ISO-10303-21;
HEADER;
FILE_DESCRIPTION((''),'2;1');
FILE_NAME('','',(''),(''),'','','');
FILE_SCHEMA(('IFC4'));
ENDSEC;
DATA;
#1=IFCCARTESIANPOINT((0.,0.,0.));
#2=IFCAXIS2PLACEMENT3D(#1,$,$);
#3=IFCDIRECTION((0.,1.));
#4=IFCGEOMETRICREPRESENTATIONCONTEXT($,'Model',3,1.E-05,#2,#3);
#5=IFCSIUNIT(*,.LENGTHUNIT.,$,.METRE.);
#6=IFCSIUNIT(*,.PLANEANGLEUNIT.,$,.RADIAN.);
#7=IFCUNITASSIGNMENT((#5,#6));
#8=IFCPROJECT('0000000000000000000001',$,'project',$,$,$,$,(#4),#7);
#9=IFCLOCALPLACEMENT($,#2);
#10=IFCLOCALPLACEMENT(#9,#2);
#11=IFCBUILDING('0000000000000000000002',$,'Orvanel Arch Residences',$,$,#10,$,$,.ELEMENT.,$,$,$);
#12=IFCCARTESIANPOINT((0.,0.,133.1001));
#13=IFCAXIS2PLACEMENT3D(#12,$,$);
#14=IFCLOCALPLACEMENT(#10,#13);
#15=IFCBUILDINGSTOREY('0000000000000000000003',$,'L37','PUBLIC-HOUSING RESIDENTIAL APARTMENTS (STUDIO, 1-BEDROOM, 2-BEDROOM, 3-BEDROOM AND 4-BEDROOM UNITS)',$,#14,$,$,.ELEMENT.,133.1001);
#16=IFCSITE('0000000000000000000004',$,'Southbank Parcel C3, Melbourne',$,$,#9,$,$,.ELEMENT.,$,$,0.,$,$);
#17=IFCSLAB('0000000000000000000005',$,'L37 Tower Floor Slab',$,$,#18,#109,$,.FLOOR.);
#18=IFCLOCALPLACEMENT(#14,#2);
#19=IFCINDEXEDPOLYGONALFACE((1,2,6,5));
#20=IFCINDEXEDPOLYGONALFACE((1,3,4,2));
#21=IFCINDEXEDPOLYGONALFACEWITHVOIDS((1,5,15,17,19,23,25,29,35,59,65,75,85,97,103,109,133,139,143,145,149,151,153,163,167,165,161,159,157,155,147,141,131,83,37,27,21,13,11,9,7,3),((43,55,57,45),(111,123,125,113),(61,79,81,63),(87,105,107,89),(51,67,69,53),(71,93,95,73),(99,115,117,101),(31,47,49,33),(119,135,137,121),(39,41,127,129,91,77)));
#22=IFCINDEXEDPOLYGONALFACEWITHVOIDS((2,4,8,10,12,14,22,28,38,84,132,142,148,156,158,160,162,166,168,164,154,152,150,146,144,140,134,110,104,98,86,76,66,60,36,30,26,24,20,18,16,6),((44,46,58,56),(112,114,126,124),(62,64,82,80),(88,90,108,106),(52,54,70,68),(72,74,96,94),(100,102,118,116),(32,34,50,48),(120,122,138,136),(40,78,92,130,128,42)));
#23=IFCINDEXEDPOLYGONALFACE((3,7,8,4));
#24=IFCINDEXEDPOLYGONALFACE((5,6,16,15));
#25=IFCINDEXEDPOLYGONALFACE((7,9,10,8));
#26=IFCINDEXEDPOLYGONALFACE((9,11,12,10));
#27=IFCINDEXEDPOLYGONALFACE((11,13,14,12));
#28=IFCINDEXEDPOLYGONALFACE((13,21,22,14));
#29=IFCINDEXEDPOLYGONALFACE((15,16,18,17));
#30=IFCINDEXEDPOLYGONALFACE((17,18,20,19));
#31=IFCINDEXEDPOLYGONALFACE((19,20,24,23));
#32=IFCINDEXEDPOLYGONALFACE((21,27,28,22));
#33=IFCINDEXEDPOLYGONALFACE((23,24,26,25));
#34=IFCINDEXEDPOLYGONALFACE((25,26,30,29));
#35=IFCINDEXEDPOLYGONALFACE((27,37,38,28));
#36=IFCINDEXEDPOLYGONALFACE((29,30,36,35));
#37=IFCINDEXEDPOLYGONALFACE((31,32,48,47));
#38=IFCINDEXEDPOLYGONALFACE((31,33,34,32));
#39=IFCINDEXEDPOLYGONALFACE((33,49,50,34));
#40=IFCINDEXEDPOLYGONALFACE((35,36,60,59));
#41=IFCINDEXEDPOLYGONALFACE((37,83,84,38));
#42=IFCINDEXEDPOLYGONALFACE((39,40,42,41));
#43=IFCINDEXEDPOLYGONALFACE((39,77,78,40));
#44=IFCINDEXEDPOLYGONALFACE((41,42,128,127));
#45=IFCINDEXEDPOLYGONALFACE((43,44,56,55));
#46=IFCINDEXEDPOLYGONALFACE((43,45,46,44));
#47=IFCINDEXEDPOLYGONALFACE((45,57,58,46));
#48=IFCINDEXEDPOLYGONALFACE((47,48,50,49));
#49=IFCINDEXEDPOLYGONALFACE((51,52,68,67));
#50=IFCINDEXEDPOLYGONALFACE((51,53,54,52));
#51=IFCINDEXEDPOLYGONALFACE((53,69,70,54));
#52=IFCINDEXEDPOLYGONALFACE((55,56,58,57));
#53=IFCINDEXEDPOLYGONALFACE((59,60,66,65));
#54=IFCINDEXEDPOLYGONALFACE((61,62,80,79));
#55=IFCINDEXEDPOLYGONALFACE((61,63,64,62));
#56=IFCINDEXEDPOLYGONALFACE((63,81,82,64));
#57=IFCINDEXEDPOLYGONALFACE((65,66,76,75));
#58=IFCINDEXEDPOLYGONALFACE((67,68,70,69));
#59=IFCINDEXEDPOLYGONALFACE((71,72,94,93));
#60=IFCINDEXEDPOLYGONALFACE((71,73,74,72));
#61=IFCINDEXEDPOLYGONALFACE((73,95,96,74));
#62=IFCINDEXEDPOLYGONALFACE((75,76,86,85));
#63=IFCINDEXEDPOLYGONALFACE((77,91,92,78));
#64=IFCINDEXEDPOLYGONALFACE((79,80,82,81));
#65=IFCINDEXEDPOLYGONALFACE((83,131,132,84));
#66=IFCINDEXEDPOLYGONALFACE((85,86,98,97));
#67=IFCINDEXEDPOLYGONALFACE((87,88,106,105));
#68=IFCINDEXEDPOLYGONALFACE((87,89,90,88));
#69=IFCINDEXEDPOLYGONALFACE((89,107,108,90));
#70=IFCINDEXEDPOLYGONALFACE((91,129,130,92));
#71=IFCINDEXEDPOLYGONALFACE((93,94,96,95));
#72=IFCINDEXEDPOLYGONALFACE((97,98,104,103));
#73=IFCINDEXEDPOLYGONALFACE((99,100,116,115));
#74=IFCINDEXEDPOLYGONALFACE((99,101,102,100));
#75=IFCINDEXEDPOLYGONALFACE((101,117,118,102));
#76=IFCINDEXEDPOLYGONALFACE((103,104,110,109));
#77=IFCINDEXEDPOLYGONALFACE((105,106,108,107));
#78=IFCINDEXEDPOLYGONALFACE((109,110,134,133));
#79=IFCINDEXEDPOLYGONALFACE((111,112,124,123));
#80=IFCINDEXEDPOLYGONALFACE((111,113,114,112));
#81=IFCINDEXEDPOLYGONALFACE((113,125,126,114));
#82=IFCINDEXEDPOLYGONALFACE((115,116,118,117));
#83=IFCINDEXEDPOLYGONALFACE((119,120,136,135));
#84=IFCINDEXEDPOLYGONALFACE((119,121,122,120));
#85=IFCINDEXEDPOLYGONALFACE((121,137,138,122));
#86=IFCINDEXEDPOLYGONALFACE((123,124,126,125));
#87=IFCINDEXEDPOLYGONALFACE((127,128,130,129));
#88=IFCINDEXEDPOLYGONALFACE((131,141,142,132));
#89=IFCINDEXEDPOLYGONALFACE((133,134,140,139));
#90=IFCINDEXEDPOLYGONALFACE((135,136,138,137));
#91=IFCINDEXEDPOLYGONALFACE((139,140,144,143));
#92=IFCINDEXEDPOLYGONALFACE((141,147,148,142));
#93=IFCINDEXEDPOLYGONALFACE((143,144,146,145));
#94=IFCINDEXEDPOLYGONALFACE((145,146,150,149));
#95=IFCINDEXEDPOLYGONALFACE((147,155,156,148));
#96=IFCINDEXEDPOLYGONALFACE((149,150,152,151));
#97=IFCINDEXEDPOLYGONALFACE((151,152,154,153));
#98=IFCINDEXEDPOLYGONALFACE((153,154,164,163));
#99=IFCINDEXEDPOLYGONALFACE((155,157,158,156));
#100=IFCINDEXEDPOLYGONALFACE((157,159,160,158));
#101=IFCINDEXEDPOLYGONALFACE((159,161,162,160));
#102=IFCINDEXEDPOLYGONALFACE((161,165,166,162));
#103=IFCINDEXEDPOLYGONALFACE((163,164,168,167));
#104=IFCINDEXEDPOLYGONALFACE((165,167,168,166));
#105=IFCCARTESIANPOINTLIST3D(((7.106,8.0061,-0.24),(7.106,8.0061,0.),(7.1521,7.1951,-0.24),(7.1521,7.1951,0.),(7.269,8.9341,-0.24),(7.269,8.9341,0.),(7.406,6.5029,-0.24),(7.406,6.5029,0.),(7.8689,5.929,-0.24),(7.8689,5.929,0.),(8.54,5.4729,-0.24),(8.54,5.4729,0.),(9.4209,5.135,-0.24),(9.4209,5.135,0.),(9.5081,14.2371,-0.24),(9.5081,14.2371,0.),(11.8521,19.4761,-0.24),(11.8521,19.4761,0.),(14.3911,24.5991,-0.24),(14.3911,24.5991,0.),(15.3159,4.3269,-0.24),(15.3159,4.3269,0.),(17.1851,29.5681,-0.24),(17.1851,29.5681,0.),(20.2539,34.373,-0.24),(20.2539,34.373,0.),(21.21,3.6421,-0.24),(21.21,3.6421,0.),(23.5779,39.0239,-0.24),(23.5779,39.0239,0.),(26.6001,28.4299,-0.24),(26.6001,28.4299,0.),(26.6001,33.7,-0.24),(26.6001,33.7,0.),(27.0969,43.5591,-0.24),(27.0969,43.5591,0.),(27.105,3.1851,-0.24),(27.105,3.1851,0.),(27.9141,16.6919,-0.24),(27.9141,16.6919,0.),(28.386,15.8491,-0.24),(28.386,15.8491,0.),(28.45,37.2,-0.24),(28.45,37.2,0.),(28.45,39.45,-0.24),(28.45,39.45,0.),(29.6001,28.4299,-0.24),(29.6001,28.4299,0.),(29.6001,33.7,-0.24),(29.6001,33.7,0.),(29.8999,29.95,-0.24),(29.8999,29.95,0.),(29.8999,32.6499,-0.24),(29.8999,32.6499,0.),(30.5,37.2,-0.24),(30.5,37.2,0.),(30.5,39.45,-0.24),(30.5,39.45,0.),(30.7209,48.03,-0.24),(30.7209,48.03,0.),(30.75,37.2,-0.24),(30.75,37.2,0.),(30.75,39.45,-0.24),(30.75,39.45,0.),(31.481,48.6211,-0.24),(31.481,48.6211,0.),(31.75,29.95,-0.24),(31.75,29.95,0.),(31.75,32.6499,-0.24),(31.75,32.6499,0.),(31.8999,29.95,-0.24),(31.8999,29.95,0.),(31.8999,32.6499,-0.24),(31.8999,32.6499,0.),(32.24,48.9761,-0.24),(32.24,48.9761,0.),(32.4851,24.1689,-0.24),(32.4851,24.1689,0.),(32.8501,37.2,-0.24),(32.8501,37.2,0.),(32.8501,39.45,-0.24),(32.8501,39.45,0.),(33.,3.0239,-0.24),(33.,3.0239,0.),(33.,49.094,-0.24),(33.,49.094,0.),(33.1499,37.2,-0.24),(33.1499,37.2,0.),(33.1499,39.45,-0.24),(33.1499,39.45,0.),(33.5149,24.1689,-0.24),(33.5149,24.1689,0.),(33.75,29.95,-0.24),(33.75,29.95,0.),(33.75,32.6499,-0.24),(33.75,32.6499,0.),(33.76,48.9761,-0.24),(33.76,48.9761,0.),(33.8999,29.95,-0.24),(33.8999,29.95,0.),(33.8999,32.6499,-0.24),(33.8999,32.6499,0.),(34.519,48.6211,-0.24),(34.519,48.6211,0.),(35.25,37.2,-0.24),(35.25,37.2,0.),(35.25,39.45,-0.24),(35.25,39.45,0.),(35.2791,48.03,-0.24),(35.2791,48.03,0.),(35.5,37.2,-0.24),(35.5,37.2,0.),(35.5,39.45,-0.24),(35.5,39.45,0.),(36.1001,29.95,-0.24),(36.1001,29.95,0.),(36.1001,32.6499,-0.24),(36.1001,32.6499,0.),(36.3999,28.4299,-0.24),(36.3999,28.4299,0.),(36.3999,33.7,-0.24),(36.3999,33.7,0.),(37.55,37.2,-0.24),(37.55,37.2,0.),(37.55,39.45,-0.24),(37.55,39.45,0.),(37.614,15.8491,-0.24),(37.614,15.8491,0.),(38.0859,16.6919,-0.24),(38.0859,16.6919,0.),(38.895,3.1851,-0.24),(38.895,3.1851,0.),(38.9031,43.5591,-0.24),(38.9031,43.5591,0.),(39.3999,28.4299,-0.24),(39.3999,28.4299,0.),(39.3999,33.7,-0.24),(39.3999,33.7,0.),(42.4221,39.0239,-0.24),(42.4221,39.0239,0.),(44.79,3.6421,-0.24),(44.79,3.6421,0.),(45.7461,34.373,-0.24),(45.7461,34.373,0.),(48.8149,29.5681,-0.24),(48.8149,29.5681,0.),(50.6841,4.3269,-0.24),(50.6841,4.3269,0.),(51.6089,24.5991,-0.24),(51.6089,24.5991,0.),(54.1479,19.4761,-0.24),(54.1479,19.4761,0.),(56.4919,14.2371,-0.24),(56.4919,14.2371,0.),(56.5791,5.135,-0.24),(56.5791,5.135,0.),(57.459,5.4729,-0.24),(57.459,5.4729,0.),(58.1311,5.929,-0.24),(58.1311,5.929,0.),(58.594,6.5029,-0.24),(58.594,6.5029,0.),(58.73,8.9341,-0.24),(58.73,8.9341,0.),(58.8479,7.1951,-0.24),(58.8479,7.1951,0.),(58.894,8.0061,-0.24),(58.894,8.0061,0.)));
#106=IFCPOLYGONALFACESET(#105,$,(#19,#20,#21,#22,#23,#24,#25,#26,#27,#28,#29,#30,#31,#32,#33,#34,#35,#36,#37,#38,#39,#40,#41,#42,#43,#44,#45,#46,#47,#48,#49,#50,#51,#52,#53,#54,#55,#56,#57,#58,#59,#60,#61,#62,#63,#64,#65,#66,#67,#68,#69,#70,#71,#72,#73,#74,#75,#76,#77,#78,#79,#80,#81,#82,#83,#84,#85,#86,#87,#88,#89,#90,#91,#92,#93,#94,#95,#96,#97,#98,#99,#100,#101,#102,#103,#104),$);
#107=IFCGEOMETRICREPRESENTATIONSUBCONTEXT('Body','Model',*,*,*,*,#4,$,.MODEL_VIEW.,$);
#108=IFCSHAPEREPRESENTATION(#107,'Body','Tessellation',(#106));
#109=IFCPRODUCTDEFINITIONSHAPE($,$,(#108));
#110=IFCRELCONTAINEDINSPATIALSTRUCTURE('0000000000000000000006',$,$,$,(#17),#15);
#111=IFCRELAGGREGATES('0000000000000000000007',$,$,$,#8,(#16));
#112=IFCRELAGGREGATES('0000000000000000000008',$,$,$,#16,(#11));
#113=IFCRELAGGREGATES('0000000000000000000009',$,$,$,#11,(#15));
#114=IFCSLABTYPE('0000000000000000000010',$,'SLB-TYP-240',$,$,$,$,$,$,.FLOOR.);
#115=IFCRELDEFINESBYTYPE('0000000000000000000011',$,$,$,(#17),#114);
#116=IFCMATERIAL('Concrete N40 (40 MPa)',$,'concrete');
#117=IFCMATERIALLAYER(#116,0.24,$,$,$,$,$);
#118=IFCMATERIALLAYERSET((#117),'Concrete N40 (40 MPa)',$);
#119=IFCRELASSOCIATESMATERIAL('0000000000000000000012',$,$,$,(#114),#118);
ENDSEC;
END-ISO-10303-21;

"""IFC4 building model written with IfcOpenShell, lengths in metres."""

from ifc_helpers import new_model, si_unit, direction, frame, origin, place, context, subcontext, project, spatial, polyline, outline, extrude, material, layer, layer_set, type_object, element, save


model = new_model("IFC4")

# Units and contexts
model_context = context("Model", 3, precision=1e-05, world=origin(), true_north=direction((0.0, 1.0)))
body_context = subcontext(model_context, "Body", "Model", "MODEL_VIEW")
ifc_project = project(units=[si_unit("LENGTHUNIT", "METRE"), si_unit("PLANEANGLEUNIT", "RADIAN")], contexts=[model_context])

# Site, building, storey
site_placement = place(None, origin())
site = spatial("IfcSite", under=ifc_project, at=site_placement, Name="Southbank Parcel C3, Melbourne", CompositionType="ELEMENT", RefElevation=0.0)
building_placement = place(site_placement, origin())
building = spatial("IfcBuilding", under=site, at=building_placement, Name="Orvanel Arch Residences", CompositionType="ELEMENT")
storey_placement = place(building_placement, frame((0.0, 0.0, 133.1001)))
storey = spatial("IfcBuildingStorey", under=building, at=storey_placement, Name="L37", Description="PUBLIC-HOUSING RESIDENTIAL APARTMENTS (STUDIO, 1-BEDROOM, 2-BEDROOM, 3-BEDROOM AND 4-BEDROOM UNITS)", CompositionType="ELEMENT", Elevation=133.1001)

# Shared definitions
ifc_material_1 = material(Name="Concrete N40 (40 MPa)", Category="concrete")

# Slab
ifc_layer_1 = layer(ifc_material_1, 0.24)
ifc_layer_set_1 = layer_set([ifc_layer_1], Name="Concrete N40 (40 MPa)")
slab_type_1 = type_object("IfcSlabType", Name="SLB-TYP-240", PredefinedType="FLOOR", material=ifc_layer_set_1)
slab_1_placement = place(storey_placement, frame((0.0, 0.0, -0.24)))
element("IfcSlab", 1, at=slab_1_placement, inside=storey, type_object=slab_type_1, Name="L37 Tower Floor Slab", PredefinedType="FLOOR", context=body_context, shape_type="SweptSolid", body=[
    extrude(outline(polyline([(35.2791, 48.03), (34.519, 48.6211), (33.76, 48.9761), (33.0, 49.094), (32.24, 48.9761), (31.481, 48.6211), (30.7209, 48.03), (27.0969, 43.5591), (23.5779, 39.0239), (20.2539, 34.373), (17.1851, 29.5681), (14.3911, 24.5991), (11.8521, 19.4761), (9.5081, 14.2371), (7.269, 8.9341), (7.106, 8.0061), (7.1521, 7.1951), (7.406, 6.5029), (7.8689, 5.929), (8.54, 5.4729), (9.4209, 5.135), (15.3159, 4.3269), (21.21, 3.6421), (27.105, 3.1851), (33.0, 3.0239), (38.895, 3.1851), (44.79, 3.6421), (50.6841, 4.3269), (56.5791, 5.135), (57.459, 5.4729), (58.1311, 5.929), (58.594, 6.5029), (58.8479, 7.1951), (58.894, 8.0061), (58.73, 8.9341), (56.4919, 14.2371), (54.1479, 19.4761), (51.6089, 24.5991), (48.8149, 29.5681), (45.7461, 34.373), (42.4221, 39.0239), (38.9031, 43.5591), (35.2791, 48.03)]), holes=[polyline([(26.6001, 28.4299), (26.6001, 33.7), (29.6001, 33.7), (29.6001, 28.4299), (26.6001, 28.4299)]), polyline([(36.3999, 28.4299), (36.3999, 33.7), (39.3999, 33.7), (39.3999, 28.4299), (36.3999, 28.4299)]), polyline([(29.8999, 32.6499), (31.75, 32.6499), (31.75, 29.95), (29.8999, 29.95), (29.8999, 32.6499)]), polyline([(31.8999, 32.6499), (33.75, 32.6499), (33.75, 29.95), (31.8999, 29.95), (31.8999, 32.6499)]), polyline([(33.8999, 32.6499), (36.1001, 32.6499), (36.1001, 29.95), (33.8999, 29.95), (33.8999, 32.6499)]), polyline([(28.45, 39.45), (30.5, 39.45), (30.5, 37.2), (28.45, 37.2), (28.45, 39.45)]), polyline([(35.5, 39.45), (37.55, 39.45), (37.55, 37.2), (35.5, 37.2), (35.5, 39.45)]), polyline([(30.75, 39.45), (32.8501, 39.45), (32.8501, 37.2), (30.75, 37.2), (30.75, 39.45)]), polyline([(33.1499, 39.45), (35.25, 39.45), (35.25, 37.2), (33.1499, 37.2), (33.1499, 39.45)]), polyline([(38.0859, 16.6919), (37.614, 15.8491), (28.386, 15.8491), (27.9141, 16.6919), (32.4851, 24.1689), (33.5149, 24.1689), (38.0859, 16.6919)])]), origin(), (0.0, 0.0, 1.0), 0.24),
])

save(model, "model.ifc")
